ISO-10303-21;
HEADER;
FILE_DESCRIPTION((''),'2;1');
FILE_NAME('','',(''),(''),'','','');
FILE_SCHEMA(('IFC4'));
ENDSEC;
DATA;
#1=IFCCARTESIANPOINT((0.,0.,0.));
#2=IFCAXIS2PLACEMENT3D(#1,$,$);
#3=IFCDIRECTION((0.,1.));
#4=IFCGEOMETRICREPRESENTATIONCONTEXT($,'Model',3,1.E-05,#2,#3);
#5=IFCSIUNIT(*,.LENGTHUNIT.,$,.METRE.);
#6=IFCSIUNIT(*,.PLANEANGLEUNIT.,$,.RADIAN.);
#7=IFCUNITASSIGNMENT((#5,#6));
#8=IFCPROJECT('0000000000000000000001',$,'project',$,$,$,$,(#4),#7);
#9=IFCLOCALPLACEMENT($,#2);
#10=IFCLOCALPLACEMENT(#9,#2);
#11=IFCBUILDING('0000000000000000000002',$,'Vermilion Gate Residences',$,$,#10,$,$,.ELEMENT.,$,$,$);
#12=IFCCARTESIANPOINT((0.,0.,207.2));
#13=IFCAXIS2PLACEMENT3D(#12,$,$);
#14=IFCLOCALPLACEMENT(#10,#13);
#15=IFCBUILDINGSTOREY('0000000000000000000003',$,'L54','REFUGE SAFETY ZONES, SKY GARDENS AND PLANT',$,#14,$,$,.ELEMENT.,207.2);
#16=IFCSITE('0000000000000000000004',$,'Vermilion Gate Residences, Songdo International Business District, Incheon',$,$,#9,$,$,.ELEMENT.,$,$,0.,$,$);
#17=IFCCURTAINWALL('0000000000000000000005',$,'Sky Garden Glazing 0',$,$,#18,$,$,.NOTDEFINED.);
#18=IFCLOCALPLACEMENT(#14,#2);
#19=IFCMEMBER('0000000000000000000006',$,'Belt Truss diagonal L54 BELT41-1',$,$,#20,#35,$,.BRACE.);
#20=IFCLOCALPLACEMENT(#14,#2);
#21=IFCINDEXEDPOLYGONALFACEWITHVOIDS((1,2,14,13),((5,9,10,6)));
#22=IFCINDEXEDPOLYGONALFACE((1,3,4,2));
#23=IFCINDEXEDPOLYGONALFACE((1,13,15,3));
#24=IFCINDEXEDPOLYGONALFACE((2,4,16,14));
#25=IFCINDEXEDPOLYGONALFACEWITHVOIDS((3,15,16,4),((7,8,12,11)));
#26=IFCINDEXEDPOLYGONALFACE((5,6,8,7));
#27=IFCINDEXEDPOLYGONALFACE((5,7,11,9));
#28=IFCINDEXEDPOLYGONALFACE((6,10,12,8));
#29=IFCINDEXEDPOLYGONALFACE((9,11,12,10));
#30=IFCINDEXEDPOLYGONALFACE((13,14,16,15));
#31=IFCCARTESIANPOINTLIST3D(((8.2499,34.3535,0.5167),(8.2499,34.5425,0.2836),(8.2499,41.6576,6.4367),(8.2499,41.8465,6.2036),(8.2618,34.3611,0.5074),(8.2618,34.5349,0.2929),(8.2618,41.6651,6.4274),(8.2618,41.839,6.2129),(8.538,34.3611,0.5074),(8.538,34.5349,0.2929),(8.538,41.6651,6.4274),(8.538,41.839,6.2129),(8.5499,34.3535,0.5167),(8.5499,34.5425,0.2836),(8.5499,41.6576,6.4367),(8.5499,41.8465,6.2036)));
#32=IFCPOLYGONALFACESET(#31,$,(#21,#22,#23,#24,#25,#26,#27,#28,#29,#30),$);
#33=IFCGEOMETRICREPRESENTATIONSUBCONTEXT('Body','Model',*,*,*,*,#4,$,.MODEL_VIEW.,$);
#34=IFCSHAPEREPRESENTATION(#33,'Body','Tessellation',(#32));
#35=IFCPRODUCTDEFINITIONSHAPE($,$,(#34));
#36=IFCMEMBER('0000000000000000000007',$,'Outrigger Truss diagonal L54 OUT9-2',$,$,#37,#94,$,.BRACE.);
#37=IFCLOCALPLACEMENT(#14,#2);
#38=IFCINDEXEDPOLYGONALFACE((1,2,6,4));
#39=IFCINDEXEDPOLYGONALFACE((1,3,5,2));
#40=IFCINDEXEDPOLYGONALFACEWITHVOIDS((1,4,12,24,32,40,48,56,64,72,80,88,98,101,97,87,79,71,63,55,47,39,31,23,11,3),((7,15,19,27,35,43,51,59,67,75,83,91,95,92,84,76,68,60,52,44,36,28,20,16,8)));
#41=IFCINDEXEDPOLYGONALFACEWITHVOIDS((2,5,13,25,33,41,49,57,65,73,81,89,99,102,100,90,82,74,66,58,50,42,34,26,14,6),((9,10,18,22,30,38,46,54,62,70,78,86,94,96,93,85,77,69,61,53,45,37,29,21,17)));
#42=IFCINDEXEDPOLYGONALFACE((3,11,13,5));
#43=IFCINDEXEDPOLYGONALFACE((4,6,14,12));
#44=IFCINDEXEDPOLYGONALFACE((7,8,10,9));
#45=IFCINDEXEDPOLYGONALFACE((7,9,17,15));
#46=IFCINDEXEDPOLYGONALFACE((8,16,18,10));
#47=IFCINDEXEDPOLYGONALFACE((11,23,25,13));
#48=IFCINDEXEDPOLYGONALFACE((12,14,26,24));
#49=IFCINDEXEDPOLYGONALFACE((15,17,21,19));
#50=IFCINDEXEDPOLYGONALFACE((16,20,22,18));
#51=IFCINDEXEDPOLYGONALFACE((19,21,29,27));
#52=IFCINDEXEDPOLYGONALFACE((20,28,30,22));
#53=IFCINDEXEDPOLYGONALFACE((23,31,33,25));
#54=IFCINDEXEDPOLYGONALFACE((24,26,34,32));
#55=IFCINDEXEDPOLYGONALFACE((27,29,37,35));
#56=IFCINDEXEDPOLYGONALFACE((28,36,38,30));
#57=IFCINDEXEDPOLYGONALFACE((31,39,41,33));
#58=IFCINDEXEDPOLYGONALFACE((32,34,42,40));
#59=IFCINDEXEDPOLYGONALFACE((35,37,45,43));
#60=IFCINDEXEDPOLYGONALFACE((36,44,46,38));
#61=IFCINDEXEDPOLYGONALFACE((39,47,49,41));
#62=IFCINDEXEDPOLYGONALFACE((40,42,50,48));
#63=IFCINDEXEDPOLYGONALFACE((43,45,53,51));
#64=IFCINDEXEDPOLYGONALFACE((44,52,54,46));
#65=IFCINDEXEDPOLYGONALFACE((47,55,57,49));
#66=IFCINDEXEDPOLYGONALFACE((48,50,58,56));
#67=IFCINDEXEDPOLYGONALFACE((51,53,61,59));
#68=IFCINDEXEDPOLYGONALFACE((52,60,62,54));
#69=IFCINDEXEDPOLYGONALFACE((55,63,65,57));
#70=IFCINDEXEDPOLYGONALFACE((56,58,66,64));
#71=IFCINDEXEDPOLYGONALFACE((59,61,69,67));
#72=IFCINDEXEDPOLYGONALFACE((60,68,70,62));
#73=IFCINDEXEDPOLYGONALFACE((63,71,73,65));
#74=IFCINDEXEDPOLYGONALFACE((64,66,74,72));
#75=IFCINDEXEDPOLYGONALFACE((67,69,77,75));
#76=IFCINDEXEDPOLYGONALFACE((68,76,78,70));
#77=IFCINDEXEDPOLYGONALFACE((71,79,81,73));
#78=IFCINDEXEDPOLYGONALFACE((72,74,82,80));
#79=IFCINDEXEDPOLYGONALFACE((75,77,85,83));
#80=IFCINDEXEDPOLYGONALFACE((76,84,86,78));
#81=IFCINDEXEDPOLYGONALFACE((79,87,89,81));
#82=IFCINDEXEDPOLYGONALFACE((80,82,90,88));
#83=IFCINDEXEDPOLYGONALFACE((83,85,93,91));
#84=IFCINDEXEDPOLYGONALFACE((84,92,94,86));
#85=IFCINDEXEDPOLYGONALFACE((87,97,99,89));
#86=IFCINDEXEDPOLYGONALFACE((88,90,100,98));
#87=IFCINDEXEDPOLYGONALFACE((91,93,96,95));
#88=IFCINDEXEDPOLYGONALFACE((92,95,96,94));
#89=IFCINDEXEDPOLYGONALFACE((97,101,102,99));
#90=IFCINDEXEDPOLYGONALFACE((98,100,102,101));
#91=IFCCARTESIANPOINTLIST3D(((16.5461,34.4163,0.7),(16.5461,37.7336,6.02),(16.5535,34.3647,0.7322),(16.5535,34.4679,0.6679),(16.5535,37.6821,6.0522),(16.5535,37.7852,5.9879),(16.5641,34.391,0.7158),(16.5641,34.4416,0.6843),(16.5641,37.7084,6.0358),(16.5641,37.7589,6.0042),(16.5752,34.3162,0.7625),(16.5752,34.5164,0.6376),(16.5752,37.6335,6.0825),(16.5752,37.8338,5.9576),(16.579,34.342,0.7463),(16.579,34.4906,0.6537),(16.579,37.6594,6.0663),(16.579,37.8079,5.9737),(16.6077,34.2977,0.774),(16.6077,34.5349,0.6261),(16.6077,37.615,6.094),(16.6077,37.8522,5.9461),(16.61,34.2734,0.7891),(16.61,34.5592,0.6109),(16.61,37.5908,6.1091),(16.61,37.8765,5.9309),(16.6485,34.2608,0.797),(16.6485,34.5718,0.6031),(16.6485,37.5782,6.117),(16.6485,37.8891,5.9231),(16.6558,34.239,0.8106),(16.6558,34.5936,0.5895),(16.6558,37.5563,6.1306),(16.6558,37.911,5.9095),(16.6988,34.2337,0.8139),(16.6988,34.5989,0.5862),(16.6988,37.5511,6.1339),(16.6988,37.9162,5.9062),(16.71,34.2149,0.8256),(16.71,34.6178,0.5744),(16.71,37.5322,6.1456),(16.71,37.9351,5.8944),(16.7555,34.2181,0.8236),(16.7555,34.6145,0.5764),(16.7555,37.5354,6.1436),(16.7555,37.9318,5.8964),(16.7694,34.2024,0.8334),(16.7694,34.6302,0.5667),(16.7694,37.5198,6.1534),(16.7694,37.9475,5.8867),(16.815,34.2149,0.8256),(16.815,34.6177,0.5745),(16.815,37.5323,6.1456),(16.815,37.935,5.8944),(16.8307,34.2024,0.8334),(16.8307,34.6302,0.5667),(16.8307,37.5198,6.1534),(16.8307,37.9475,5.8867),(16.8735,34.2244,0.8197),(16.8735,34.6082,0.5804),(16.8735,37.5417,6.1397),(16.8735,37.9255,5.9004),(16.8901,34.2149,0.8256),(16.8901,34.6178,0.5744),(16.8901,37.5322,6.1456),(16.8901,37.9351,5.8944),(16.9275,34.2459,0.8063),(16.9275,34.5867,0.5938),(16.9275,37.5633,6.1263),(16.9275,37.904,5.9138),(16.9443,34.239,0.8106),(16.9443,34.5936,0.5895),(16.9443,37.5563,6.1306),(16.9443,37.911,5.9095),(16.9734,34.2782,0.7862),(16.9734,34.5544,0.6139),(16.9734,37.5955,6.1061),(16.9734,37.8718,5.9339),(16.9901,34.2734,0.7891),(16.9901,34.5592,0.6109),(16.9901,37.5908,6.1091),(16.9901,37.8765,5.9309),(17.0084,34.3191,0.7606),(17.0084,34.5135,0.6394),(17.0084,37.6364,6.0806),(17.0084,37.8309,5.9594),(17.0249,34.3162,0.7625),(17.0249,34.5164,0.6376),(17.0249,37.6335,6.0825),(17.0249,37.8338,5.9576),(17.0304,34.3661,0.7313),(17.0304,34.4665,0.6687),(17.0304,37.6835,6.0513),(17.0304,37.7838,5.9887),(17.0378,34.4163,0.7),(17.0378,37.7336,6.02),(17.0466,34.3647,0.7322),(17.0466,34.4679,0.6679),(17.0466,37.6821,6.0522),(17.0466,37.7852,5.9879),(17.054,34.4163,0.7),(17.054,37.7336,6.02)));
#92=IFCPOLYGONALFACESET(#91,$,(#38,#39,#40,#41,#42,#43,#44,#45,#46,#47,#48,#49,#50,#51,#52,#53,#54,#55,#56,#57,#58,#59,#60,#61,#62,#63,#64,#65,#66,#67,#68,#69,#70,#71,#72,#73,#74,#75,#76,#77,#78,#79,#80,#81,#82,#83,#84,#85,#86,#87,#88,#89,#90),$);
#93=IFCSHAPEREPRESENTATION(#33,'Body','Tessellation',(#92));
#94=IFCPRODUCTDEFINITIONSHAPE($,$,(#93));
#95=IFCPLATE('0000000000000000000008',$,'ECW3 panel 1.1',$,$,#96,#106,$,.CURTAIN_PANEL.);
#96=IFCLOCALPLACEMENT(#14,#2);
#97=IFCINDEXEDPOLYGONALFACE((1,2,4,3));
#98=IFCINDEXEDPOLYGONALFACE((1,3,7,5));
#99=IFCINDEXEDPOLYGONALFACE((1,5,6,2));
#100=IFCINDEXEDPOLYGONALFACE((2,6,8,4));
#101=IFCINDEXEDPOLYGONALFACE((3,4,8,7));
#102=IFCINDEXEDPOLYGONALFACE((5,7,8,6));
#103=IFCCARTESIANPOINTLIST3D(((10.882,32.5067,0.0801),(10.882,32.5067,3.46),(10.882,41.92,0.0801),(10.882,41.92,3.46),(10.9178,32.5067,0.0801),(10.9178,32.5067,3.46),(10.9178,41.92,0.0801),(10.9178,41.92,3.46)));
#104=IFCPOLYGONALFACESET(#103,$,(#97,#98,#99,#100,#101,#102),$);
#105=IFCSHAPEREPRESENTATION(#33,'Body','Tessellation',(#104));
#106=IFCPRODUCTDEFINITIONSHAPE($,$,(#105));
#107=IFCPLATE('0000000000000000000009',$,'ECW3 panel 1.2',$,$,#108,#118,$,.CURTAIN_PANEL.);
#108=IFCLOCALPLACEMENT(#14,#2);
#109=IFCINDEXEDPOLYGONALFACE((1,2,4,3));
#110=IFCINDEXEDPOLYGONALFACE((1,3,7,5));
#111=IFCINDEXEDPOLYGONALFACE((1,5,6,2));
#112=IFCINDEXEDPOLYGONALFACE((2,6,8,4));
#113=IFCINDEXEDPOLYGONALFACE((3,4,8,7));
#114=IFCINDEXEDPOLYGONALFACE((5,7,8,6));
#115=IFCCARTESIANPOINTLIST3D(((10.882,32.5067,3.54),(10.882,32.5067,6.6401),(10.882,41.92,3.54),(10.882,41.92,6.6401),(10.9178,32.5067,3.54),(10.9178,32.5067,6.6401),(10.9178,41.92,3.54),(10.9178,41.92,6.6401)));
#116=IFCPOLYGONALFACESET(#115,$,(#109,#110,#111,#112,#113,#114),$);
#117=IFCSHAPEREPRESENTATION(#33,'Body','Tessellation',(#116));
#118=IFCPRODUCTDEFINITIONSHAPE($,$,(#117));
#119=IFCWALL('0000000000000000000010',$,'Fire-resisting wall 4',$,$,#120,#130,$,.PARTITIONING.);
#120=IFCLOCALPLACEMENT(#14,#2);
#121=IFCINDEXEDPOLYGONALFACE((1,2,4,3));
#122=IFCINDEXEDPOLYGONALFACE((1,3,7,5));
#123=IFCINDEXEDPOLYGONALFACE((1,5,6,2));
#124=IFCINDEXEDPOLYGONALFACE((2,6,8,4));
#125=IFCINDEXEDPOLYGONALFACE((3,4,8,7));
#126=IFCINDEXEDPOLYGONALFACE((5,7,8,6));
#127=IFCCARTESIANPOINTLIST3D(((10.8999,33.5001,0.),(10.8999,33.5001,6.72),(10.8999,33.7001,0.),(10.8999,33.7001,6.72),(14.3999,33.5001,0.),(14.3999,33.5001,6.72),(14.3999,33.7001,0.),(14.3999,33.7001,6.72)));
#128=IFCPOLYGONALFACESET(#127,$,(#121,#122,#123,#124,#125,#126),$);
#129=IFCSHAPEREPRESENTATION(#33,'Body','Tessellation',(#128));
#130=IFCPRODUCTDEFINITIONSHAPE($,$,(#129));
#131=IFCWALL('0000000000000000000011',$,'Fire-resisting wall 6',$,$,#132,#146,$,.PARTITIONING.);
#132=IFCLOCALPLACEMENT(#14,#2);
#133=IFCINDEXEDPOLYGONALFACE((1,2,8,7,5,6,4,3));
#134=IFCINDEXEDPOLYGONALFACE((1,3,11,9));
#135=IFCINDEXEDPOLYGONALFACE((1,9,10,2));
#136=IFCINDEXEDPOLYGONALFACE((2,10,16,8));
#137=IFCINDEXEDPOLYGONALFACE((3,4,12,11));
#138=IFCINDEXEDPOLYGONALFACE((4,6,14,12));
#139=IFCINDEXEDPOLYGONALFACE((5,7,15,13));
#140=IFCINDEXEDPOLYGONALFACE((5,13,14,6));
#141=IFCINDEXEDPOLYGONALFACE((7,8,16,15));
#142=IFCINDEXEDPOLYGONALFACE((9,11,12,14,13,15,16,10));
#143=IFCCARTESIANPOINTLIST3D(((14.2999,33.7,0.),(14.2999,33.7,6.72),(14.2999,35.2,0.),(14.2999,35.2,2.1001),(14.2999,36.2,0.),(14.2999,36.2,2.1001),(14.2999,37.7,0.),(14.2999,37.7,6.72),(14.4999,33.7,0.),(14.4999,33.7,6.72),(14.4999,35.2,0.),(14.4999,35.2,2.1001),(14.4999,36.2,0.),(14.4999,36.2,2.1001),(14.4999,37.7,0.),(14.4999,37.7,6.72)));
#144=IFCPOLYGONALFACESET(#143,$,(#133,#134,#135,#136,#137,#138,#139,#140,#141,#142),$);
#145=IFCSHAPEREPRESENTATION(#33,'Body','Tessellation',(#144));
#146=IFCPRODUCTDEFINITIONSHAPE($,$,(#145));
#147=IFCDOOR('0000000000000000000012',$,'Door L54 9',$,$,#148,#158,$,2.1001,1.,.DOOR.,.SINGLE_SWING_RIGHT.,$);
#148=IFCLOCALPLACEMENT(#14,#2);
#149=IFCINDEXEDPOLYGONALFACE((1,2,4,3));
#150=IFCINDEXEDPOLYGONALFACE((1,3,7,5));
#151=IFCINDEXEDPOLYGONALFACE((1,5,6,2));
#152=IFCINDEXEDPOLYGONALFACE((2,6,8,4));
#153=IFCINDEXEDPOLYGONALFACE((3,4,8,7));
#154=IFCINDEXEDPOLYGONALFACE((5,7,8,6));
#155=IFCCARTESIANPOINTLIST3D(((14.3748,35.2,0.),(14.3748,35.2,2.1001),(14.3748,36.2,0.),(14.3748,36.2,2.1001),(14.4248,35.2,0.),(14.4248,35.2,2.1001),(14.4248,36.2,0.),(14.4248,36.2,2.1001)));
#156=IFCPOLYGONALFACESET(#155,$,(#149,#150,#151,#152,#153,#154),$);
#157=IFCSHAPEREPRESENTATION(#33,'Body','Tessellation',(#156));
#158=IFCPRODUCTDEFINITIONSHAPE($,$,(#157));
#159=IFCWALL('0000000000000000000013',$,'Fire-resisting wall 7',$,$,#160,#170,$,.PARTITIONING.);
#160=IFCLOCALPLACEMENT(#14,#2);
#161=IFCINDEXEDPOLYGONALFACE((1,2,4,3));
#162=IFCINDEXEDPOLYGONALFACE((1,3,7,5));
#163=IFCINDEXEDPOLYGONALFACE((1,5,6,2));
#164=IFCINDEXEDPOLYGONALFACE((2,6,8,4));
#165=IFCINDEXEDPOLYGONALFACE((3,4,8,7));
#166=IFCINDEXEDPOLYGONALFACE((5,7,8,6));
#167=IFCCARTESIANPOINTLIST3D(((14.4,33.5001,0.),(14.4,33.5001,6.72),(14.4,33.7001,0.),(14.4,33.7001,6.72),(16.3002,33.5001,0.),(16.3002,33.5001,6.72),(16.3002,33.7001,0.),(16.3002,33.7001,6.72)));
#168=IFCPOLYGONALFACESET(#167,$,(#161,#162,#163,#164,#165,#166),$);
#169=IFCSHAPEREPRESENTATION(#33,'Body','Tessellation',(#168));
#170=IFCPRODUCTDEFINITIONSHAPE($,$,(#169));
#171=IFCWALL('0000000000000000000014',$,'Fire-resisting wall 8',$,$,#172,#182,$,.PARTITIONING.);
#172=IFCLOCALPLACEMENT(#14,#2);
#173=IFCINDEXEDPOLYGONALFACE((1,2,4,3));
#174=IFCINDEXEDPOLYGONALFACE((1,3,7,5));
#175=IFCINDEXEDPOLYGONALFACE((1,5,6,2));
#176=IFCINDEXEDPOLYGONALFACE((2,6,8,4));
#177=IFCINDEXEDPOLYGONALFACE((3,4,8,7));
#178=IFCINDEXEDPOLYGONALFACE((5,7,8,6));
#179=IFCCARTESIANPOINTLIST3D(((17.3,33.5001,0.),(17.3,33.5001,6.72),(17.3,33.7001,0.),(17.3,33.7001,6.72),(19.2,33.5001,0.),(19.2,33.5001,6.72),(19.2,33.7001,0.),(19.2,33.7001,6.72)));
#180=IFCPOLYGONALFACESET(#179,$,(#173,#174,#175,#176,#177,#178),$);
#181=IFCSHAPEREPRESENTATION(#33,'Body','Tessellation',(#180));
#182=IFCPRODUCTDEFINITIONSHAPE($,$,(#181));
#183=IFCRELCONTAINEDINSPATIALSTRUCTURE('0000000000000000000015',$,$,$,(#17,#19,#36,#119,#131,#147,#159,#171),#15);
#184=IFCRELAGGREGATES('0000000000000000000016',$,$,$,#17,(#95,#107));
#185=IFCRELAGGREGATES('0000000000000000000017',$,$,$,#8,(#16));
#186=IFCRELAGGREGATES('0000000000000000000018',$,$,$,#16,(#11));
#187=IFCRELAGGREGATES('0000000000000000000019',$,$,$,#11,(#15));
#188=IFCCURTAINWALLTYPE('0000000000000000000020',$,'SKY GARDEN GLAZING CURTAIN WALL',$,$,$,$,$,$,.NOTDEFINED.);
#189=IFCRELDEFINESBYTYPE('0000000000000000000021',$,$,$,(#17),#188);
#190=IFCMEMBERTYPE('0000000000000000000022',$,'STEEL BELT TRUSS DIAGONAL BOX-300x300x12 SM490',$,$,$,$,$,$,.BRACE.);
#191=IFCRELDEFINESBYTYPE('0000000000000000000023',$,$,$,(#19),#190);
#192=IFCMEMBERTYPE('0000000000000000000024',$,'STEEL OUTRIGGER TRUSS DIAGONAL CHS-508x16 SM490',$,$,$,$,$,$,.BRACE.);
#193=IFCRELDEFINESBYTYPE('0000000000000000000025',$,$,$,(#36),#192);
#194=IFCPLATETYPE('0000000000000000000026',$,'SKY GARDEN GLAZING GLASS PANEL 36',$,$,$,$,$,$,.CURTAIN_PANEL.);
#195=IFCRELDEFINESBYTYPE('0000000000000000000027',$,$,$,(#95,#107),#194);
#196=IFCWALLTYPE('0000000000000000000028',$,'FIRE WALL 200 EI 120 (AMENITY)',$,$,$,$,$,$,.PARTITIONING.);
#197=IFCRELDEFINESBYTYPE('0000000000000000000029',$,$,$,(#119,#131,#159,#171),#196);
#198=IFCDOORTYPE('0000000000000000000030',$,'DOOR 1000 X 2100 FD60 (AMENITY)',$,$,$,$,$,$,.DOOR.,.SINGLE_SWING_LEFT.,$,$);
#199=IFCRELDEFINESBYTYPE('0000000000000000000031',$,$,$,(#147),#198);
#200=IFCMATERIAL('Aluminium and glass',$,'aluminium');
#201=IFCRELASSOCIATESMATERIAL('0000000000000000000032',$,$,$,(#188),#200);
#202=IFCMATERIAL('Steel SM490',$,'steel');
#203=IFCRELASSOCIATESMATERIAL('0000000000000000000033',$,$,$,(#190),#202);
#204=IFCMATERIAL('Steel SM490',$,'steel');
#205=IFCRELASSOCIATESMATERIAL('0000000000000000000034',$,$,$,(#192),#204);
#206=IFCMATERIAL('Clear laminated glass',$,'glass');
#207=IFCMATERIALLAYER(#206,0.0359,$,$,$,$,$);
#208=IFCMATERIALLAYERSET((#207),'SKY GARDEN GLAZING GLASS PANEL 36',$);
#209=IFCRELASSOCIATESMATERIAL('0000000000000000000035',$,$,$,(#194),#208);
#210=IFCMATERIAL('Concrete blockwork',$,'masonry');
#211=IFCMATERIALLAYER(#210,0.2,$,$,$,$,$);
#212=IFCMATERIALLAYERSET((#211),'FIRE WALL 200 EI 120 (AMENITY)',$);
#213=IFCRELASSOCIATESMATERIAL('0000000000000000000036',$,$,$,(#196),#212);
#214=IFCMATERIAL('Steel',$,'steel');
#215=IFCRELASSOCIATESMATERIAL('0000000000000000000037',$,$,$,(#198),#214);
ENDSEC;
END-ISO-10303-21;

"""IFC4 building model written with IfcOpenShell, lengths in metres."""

from ifc_helpers import new_model, si_unit, direction, frame, frame_2d, origin, origin_2d, place, context, subcontext, project, spatial, rectangle, hollow_rectangle, hollow_circle, extrude, material, layer, layer_set, material_profile, profile_set, type_object, element, fill, aggregate, save


model = new_model("IFC4")

# Units and contexts
model_context = context("Model", 3, precision=1e-05, world=origin(), true_north=direction((0.0, 1.0)))
body_context = subcontext(model_context, "Body", "Model", "MODEL_VIEW")
ifc_project = project(units=[si_unit("LENGTHUNIT", "METRE"), si_unit("PLANEANGLEUNIT", "RADIAN")], contexts=[model_context])

# Site, building, storey
site_placement = place(None, origin())
site = spatial("IfcSite", under=ifc_project, at=site_placement, Name="Vermilion Gate Residences, Songdo International Business District, Incheon", CompositionType="ELEMENT", RefElevation=0.0)
building_placement = place(site_placement, origin())
building = spatial("IfcBuilding", under=site, at=building_placement, Name="Vermilion Gate Residences", CompositionType="ELEMENT")
storey_placement = place(building_placement, frame((0.0, 0.0, 207.2)))
storey = spatial("IfcBuildingStorey", under=building, at=storey_placement, Name="L54", Description="REFUGE SAFETY ZONES, SKY GARDENS AND PLANT", CompositionType="ELEMENT", Elevation=207.2)

# Curtain wall
ifc_material_1 = material(Name="Aluminium and glass", Category="aluminium")
curtain_wall_type = type_object("IfcCurtainWallType", Name="SKY GARDEN GLAZING CURTAIN WALL", PredefinedType="NOTDEFINED", material=ifc_material_1)
curtain_wall_1_placement = place(storey_placement, origin())
curtain_wall_1 = element("IfcCurtainWall", 1, at=curtain_wall_1_placement, inside=storey, type_object=curtain_wall_type, Name="Sky Garden Glazing 0", PredefinedType="NOTDEFINED")

# Members
ifc_material_2 = material(Name="Steel SM490", Category="steel")
ifc_material_profile_1 = material_profile(ifc_material_2, hollow_rectangle(XDim=0.3, YDim=0.3, WallThickness=0.012, at=origin_2d()), Name="BOX-300x300x12")
ifc_profile_set_1 = profile_set([ifc_material_profile_1], Name="Steel SM490")
member_type_1 = type_object("IfcMemberType", Name="STEEL BELT TRUSS DIAGONAL BOX-300x300x12 SM490", PredefinedType="BRACE", material=ifc_profile_set_1)
member_1_placement = place(storey_placement, frame((8.3999, 34.448, 0.4001), z_axis=(0.0, 0.77687, 0.629661), x_axis=(-1.0, 0.0, 0.0)))
element("IfcMember", 2, at=member_1_placement, inside=storey, type_object=member_type_1, Name="Belt Truss diagonal L54 BELT41-1", PredefinedType="BRACE", context=body_context, shape_type="SweptSolid", body=[
    extrude(hollow_rectangle(XDim=0.3, YDim=0.3, WallThickness=0.012, at=origin_2d()), origin(), (0.0, 0.0, 1.0), 9.4019),
])
ifc_material_3 = material(Name="Steel SM490", Category="steel")
ifc_material_profile_2 = material_profile(ifc_material_3, hollow_circle(Radius=0.2539, WallThickness=0.0161, at=origin_2d()), Name="CHS-508x16")
ifc_profile_set_2 = profile_set([ifc_material_profile_2], Name="Steel SM490")
member_type_2 = type_object("IfcMemberType", Name="STEEL OUTRIGGER TRUSS DIAGONAL CHS-508x16 SM490", PredefinedType="BRACE", material=ifc_profile_set_2)
member_2_placement = place(storey_placement, frame((16.8, 37.7336, 6.02), z_axis=(0.0, -0.52912, -0.848547), x_axis=(1.0, 0.0, 0.0)))
element("IfcMember", 3, at=member_2_placement, inside=storey, type_object=member_type_2, Name="Outrigger Truss diagonal L54 OUT9-2", PredefinedType="BRACE", context=body_context, shape_type="SweptSolid", body=[
    extrude(hollow_circle(Radius=0.2539, WallThickness=0.0161, at=origin_2d()), origin(), (0.0, 0.0, 1.0), 6.2695),
])

# Plates
ifc_material_4 = material(Name="Clear laminated glass", Category="glass")
ifc_layer_1 = layer(ifc_material_4, 0.0359)
ifc_layer_set_1 = layer_set([ifc_layer_1], Name="SKY GARDEN GLAZING GLASS PANEL 36")
plate_type = type_object("IfcPlateType", Name="SKY GARDEN GLAZING GLASS PANEL 36", PredefinedType="CURTAIN_PANEL", material=ifc_layer_set_1)
plate_1_placement = place(storey_placement, frame((10.8999, 37.2134, 0.0801), z_axis=(0.0, 0.0, 1.0), x_axis=(0.0, -1.0, 0.0)))
plate_1 = element("IfcPlate", 4, at=plate_1_placement, type_object=plate_type, Name="ECW3 panel 1.1", PredefinedType="CURTAIN_PANEL", context=body_context, shape_type="SweptSolid", body=[
    extrude(rectangle(XDim=9.4133, YDim=0.0359, at=origin_2d()), origin(), (0.0, 0.0, 1.0), 3.3799),
])
plate_2_placement = place(storey_placement, frame((10.8999, 37.2134, 3.54), z_axis=(0.0, 0.0, 1.0), x_axis=(0.0, -1.0, 0.0)))
plate_2 = element("IfcPlate", 5, at=plate_2_placement, type_object=plate_type, Name="ECW3 panel 1.2", PredefinedType="CURTAIN_PANEL", context=body_context, shape_type="SweptSolid", body=[
    extrude(rectangle(XDim=9.4133, YDim=0.0359, at=origin_2d()), origin(), (0.0, 0.0, 1.0), 3.1001),
])
aggregate(curtain_wall_1, [plate_1, plate_2])

# Wall
ifc_material_5 = material(Name="Concrete blockwork", Category="masonry")
ifc_layer_2 = layer(ifc_material_5, 0.2)
ifc_layer_set_2 = layer_set([ifc_layer_2], Name="FIRE WALL 200 EI 120 (AMENITY)")
wall_type_1 = type_object("IfcWallType", Name="FIRE WALL 200 EI 120 (AMENITY)", PredefinedType="PARTITIONING", material=ifc_layer_set_2)
wall_1_placement = place(storey_placement, frame((10.8999, 33.6001, 0.0), z_axis=(0.0, 0.0, 1.0), x_axis=(1.0, 0.0, 0.0)))
element("IfcWall", 6, at=wall_1_placement, inside=storey, type_object=wall_type_1, Name="Fire-resisting wall 4", PredefinedType="PARTITIONING", context=body_context, shape_type="SweptSolid", body=[
    extrude(rectangle(XDim=3.5, YDim=0.2, at=frame_2d((1.75, 0.0))), origin(), (0.0, 0.0, 1.0), 6.72),
])

# Wall, opening, door
wall_2_placement = place(storey_placement, frame((14.3999, 33.7, 0.0), z_axis=(0.0, 0.0, 1.0), x_axis=(0.0, 1.0, 0.0)))
wall_2 = element("IfcWall", 7, at=wall_2_placement, inside=storey, type_object=wall_type_1, Name="Fire-resisting wall 6", PredefinedType="PARTITIONING", context=body_context, shape_type="SweptSolid", body=[
    extrude(rectangle(XDim=4.0, YDim=0.2, at=frame_2d((2.0, 0.0))), origin(), (0.0, 0.0, 1.0), 6.72),
])
opening_1_placement = place(wall_2_placement, frame((1.5, 0.0, 0.0)))
opening_1 = element("IfcOpeningElement", 8, at=opening_1_placement, cuts=wall_2, PredefinedType="OPENING", context=body_context, shape_type="SweptSolid", body=[
    extrude(rectangle(XDim=1.0, YDim=2.1001, at=frame_2d((0.5, 1.05))), frame((0.0, 0.1099, 0.0), z_axis=(0.0, -1.0, 0.0), x_axis=(1.0, 0.0, 0.0)), (0.0, 0.0, 1.0), 0.22),
])
ifc_material_6 = material(Name="Steel", Category="steel")
door_type_1 = type_object("IfcDoorType", Name="DOOR 1000 X 2100 FD60 (AMENITY)", OperationType="SINGLE_SWING_LEFT", PredefinedType="DOOR", material=ifc_material_6)
door_1_placement = place(opening_1_placement, frame((1.0, 0.0, 0.0), z_axis=(0.0, 0.0, 1.0), x_axis=(-1.0, 0.0, 0.0)))
door_1 = element("IfcDoor", 9, at=door_1_placement, inside=storey, type_object=door_type_1, Name="Door L54 9", OperationType="SINGLE_SWING_RIGHT", OverallHeight=2.1001, OverallWidth=1.0, PredefinedType="DOOR", context=body_context, shape_type="SweptSolid", body=[
    extrude(rectangle(XDim=1.0, YDim=2.1001, at=frame_2d((0.5, 1.05))), frame((0.0, 0.0249, 0.0), z_axis=(0.0, -1.0, 0.0), x_axis=(1.0, 0.0, 0.0)), (0.0, 0.0, 1.0), 0.05),
])
fill(opening_1, door_1)

# Walls
wall_3_placement = place(storey_placement, frame((14.3999, 33.6001, 0.0), z_axis=(0.0, 0.0, 1.0), x_axis=(1.0, 0.0, 0.0)))
element("IfcWall", 10, at=wall_3_placement, inside=storey, type_object=wall_type_1, Name="Fire-resisting wall 7", PredefinedType="PARTITIONING", context=body_context, shape_type="SweptSolid", body=[
    extrude(rectangle(XDim=1.9001, YDim=0.2, at=frame_2d((0.9502, 0.0))), origin(), (0.0, 0.0, 1.0), 6.72),
])
wall_4_placement = place(storey_placement, frame((17.3, 33.6001, 0.0), z_axis=(0.0, 0.0, 1.0), x_axis=(1.0, 0.0, 0.0)))
element("IfcWall", 11, at=wall_4_placement, inside=storey, type_object=wall_type_1, Name="Fire-resisting wall 8", PredefinedType="PARTITIONING", context=body_context, shape_type="SweptSolid", body=[
    extrude(rectangle(XDim=1.8999, YDim=0.2, at=frame_2d((0.95, 0.0))), origin(), (0.0, 0.0, 1.0), 6.72),
])

save(model, "model.ifc")
